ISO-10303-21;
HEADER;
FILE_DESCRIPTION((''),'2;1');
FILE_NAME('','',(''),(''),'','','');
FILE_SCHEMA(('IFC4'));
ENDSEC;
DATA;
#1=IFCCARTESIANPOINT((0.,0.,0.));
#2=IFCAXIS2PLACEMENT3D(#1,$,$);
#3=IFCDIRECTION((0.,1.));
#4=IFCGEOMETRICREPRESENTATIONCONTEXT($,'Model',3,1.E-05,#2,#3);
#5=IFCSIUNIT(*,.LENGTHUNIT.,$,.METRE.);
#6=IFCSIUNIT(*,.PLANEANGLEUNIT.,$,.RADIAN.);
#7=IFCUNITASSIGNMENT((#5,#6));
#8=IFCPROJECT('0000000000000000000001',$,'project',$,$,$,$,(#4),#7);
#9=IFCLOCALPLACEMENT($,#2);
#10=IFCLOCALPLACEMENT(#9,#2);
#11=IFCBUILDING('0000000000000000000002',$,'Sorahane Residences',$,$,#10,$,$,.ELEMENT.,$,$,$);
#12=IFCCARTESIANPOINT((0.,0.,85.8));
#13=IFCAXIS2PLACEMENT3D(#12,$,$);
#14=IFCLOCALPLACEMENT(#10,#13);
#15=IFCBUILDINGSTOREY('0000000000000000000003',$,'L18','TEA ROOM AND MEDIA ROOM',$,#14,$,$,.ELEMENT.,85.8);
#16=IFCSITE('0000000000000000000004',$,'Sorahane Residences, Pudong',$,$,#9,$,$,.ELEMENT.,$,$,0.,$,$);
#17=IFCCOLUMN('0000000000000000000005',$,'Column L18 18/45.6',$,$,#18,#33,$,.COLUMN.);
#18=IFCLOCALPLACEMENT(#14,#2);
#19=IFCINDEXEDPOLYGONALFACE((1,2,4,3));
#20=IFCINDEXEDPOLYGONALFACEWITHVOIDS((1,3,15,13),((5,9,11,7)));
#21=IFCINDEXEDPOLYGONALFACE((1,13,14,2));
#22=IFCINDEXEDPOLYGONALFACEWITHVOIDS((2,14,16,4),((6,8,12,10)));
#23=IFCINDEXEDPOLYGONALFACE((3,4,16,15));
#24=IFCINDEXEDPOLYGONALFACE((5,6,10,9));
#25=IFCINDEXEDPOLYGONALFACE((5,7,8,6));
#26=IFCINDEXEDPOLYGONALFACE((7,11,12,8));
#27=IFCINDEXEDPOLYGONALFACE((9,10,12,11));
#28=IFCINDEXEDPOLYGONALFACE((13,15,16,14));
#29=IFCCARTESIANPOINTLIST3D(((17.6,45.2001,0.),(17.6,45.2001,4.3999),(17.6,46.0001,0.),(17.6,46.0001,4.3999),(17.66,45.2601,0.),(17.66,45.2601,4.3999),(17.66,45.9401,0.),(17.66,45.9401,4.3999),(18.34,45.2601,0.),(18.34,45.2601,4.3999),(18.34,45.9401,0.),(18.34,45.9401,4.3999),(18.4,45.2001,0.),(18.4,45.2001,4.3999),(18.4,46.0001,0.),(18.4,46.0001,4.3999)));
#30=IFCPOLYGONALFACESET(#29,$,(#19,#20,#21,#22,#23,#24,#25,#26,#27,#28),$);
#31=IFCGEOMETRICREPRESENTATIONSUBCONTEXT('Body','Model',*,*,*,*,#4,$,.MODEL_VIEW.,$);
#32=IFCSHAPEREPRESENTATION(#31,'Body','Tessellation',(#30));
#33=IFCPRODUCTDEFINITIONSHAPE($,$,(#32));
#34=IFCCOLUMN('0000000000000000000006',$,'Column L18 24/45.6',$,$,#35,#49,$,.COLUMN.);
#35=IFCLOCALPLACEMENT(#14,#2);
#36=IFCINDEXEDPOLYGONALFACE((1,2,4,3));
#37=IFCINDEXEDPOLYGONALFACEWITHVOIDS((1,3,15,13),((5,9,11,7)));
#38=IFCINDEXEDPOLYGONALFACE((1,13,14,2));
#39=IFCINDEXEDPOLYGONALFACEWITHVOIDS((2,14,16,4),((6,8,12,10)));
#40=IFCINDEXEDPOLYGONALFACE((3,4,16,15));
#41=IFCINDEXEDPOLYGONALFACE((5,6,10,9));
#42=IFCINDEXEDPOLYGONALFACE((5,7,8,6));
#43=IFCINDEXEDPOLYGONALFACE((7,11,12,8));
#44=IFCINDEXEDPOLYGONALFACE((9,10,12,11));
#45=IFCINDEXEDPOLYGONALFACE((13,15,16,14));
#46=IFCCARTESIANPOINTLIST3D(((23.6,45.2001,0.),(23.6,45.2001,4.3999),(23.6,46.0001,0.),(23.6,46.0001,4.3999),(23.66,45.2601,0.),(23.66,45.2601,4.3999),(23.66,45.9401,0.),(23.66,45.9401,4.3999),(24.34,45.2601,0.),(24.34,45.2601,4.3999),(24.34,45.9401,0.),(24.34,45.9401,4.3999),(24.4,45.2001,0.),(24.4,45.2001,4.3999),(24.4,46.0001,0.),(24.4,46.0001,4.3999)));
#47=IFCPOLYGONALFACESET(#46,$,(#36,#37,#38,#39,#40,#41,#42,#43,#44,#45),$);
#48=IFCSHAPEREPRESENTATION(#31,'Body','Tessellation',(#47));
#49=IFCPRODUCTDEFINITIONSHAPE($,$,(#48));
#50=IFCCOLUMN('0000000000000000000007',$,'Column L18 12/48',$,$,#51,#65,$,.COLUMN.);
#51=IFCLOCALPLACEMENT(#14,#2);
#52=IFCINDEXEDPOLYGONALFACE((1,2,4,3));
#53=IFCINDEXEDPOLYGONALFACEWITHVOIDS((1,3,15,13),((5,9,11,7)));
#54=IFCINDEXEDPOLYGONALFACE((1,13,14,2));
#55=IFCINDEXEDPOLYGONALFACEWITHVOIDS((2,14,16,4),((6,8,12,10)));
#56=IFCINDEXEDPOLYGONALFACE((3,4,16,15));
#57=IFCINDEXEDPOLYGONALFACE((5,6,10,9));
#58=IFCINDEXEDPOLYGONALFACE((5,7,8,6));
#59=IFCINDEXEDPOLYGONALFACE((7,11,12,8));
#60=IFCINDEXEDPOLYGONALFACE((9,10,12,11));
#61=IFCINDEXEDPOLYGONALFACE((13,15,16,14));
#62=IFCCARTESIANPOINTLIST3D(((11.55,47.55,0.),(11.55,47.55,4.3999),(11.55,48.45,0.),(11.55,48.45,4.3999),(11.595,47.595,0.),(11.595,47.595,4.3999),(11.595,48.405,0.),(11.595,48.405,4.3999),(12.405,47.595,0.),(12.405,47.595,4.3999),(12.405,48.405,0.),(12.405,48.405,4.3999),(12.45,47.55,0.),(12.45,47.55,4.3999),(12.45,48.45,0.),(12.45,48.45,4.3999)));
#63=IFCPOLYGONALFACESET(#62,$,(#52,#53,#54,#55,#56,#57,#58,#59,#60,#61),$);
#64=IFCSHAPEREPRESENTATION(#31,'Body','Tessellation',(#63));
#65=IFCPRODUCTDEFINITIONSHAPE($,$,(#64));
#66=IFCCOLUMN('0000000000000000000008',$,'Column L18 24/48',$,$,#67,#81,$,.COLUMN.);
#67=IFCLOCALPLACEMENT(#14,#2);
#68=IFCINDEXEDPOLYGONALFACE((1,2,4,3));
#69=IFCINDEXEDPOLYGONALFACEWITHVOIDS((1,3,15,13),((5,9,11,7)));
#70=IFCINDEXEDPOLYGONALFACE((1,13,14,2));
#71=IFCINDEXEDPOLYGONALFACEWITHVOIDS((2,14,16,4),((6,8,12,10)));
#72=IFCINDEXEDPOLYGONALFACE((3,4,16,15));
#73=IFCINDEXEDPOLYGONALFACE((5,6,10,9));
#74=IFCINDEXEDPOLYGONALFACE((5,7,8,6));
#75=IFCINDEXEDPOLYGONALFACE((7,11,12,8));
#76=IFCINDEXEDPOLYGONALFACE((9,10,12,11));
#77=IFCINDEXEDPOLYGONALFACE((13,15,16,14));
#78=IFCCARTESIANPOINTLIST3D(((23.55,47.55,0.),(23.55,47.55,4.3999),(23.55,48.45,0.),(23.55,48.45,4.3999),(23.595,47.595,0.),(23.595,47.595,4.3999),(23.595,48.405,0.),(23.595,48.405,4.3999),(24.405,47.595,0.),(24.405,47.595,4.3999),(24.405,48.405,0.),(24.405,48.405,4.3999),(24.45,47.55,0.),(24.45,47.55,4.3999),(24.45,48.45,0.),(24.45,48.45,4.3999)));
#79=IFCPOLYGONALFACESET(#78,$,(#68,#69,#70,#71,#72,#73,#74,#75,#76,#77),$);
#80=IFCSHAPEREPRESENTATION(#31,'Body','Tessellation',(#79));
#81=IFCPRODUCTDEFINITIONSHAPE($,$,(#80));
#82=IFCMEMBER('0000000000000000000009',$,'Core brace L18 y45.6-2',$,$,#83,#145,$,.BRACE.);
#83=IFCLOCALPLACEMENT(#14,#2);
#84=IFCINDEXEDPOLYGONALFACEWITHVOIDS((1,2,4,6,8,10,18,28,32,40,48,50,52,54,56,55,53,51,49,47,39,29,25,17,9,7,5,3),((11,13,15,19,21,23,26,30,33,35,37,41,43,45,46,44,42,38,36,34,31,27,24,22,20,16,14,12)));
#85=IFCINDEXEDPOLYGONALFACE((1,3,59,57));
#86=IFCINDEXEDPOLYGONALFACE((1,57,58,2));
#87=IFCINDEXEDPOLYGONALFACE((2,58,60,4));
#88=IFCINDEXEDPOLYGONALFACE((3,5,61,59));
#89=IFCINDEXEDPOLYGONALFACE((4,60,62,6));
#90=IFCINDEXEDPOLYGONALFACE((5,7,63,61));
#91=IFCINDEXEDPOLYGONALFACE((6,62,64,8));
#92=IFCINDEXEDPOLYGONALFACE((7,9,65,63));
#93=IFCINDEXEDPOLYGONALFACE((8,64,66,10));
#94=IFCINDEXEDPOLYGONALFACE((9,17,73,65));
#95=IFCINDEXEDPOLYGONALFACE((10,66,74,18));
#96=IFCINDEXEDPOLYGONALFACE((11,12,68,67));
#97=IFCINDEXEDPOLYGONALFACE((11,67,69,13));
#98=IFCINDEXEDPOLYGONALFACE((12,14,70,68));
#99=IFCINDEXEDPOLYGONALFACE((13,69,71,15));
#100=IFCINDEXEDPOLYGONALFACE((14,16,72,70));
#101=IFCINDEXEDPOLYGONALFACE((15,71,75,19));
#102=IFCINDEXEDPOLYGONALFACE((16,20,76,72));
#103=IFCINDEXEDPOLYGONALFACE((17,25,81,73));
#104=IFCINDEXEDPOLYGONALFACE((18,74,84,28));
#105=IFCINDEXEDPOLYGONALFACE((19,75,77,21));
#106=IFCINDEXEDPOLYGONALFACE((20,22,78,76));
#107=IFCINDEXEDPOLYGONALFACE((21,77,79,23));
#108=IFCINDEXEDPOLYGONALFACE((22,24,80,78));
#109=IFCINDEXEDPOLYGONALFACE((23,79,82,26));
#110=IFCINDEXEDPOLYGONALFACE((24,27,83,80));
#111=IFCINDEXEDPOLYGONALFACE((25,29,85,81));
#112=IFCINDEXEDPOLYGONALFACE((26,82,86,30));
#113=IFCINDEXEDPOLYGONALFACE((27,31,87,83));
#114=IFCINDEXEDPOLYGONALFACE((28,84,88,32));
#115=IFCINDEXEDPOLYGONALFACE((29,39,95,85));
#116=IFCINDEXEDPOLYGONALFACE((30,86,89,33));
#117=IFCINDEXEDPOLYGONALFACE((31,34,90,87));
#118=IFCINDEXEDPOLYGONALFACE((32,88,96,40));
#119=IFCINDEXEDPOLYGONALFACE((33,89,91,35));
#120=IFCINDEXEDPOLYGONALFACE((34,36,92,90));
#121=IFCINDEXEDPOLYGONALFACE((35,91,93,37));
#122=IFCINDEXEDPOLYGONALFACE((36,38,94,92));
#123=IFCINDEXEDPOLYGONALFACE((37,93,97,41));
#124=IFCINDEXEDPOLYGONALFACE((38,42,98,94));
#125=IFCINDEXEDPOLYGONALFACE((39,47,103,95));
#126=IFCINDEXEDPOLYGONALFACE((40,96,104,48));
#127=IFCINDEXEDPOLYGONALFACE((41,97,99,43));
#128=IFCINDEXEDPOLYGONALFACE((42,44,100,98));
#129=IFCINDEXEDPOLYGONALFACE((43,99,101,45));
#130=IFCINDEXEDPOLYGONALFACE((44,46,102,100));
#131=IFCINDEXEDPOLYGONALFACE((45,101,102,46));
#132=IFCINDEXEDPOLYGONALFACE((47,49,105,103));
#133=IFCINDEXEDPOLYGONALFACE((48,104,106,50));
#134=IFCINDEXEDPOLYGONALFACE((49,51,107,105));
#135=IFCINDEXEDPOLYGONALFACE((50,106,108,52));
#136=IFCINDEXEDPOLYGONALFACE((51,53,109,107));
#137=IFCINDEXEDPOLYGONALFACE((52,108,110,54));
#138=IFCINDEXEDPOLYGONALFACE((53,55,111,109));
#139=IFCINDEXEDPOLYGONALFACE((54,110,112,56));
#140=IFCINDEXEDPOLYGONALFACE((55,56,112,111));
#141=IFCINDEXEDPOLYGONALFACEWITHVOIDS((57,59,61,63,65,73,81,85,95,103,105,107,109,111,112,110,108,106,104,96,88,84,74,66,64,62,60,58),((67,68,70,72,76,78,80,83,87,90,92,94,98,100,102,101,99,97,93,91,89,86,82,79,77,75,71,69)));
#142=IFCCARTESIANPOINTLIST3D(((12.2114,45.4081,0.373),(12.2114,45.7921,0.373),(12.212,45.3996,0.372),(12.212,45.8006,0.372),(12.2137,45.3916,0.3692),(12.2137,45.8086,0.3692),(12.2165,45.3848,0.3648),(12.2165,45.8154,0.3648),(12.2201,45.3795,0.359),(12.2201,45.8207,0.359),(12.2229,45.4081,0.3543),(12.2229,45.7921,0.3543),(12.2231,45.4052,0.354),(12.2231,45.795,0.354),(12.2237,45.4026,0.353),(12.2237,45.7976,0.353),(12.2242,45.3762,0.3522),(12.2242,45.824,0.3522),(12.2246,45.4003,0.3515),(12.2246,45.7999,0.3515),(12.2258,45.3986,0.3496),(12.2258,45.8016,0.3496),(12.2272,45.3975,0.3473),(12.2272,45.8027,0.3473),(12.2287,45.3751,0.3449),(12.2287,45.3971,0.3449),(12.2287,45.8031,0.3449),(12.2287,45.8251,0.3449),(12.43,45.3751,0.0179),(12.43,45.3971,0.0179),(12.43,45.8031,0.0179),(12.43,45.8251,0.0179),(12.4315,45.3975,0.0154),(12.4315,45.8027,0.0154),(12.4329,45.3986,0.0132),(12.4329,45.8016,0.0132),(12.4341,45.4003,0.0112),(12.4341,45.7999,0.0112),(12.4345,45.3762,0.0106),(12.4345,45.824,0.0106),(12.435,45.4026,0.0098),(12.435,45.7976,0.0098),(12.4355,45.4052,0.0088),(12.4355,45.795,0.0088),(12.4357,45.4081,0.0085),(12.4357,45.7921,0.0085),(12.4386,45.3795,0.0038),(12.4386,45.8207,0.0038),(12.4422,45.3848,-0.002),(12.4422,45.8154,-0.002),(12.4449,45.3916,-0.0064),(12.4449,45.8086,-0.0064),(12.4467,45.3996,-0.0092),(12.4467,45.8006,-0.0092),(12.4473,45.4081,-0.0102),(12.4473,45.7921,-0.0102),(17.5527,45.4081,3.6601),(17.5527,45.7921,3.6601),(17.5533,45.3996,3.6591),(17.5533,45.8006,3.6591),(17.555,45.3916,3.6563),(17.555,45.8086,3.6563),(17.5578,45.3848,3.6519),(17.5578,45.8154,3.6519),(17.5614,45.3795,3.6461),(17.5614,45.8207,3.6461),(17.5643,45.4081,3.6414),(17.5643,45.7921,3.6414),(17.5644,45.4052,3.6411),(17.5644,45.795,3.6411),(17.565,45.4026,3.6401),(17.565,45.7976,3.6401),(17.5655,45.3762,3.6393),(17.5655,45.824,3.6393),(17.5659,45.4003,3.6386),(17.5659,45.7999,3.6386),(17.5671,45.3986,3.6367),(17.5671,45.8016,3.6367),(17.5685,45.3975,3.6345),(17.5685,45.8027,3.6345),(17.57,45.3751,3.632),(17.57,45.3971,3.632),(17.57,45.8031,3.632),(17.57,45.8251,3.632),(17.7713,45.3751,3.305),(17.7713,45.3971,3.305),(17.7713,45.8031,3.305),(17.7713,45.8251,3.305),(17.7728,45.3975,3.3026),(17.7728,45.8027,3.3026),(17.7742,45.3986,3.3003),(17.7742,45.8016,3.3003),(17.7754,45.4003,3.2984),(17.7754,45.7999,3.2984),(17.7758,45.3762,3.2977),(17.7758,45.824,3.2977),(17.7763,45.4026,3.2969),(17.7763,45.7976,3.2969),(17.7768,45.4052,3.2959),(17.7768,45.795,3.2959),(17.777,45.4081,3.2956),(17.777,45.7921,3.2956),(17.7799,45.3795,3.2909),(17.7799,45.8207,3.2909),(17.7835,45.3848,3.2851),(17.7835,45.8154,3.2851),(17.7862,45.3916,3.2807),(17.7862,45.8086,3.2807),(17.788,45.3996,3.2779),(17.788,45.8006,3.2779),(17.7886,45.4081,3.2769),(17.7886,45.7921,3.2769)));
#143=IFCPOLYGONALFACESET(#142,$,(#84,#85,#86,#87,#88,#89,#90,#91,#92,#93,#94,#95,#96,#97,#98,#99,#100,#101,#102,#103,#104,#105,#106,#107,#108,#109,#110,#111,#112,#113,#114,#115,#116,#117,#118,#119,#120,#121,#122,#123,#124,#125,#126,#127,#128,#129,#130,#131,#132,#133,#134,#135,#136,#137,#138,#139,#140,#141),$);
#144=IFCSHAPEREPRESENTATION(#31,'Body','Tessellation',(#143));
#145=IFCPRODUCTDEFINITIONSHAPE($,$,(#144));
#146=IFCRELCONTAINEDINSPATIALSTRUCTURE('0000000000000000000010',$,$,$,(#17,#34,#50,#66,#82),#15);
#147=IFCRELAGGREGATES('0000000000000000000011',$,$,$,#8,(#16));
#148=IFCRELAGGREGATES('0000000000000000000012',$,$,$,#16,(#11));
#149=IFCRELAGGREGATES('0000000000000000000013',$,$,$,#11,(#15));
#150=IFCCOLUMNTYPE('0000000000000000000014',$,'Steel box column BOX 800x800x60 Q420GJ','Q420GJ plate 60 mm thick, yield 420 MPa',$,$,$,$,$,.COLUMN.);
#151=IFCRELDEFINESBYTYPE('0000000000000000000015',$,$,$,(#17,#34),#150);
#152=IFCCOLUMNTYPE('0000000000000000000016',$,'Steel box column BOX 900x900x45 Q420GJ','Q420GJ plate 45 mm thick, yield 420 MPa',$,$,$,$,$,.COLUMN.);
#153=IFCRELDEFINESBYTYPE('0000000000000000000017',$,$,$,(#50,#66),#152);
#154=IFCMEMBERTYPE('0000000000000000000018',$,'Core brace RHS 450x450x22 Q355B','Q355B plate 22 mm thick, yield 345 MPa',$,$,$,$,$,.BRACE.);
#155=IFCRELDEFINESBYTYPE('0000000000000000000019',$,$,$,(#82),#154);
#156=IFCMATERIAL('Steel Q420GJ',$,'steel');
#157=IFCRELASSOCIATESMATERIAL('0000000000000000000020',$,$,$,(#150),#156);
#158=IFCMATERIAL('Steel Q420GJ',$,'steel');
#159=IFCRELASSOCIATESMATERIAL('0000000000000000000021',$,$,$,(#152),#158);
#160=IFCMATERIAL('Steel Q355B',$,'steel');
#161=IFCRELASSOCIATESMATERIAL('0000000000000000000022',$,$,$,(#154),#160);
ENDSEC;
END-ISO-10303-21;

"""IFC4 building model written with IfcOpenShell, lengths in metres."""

from ifc_helpers import new_model, si_unit, direction, frame, origin, origin_2d, place, context, subcontext, project, spatial, hollow_rectangle, extrude, material, material_profile, profile_set, type_object, element, save


model = new_model("IFC4")

# Units and contexts
model_context = context("Model", 3, precision=1e-05, world=origin(), true_north=direction((0.0, 1.0)))
body_context = subcontext(model_context, "Body", "Model", "MODEL_VIEW")
ifc_project = project(units=[si_unit("LENGTHUNIT", "METRE"), si_unit("PLANEANGLEUNIT", "RADIAN")], contexts=[model_context])

# Site, building, storey
site_placement = place(None, origin())
site = spatial("IfcSite", under=ifc_project, at=site_placement, Name="Sorahane Residences, Pudong", CompositionType="ELEMENT", RefElevation=0.0)
building_placement = place(site_placement, origin())
building = spatial("IfcBuilding", under=site, at=building_placement, Name="Sorahane Residences", CompositionType="ELEMENT")
storey_placement = place(building_placement, frame((0.0, 0.0, 85.8)))
storey = spatial("IfcBuildingStorey", under=building, at=storey_placement, Name="L18", Description="TEA ROOM AND MEDIA ROOM", CompositionType="ELEMENT", Elevation=85.8)

# Columns
ifc_material_1 = material(Name="Steel Q420GJ", Category="steel")
ifc_material_profile_1 = material_profile(ifc_material_1, hollow_rectangle(XDim=0.8, YDim=0.8, WallThickness=0.0601, at=origin_2d()), Name="BOX 800x800x60")
ifc_profile_set_1 = profile_set([ifc_material_profile_1], Name="Steel Q420GJ")
column_type_1 = type_object("IfcColumnType", Name="Steel box column BOX 800x800x60 Q420GJ", Description="Q420GJ plate 60 mm thick, yield 420 MPa", PredefinedType="COLUMN", material=ifc_profile_set_1)
for number, where, z_axis, x_axis, name in (
    (1, (18.0, 45.6001, 0.0), (0.0, 0.0, 1.0), (1.0, 0.0, 0.0), "Column L18 18/45.6"),
    (2, (24.0, 45.6001, 0.0), (0.0, 0.0, 1.0), (1.0, 0.0, 0.0), "Column L18 24/45.6"),
):
    element("IfcColumn", number, at=place(storey_placement, frame(where, z_axis=z_axis, x_axis=x_axis)), inside=storey, type_object=column_type_1, Name=name, PredefinedType="COLUMN", context=body_context, shape_type="SweptSolid", body=[
        extrude(hollow_rectangle(XDim=0.8, YDim=0.8, WallThickness=0.0601, at=origin_2d()), origin(), (0.0, 0.0, 1.0), 4.3999),
    ])
ifc_material_2 = material(Name="Steel Q420GJ", Category="steel")
ifc_material_profile_2 = material_profile(ifc_material_2, hollow_rectangle(XDim=0.8999, YDim=0.8999, WallThickness=0.0449, at=origin_2d()), Name="BOX 900x900x45")
ifc_profile_set_2 = profile_set([ifc_material_profile_2], Name="Steel Q420GJ")
column_type_2 = type_object("IfcColumnType", Name="Steel box column BOX 900x900x45 Q420GJ", Description="Q420GJ plate 45 mm thick, yield 420 MPa", PredefinedType="COLUMN", material=ifc_profile_set_2)
for number, where, z_axis, x_axis, name in (
    (3, (12.0, 48.0, 0.0), (0.0, 0.0, 1.0), (1.0, 0.0, 0.0), "Column L18 12/48"),
    (4, (24.0, 48.0, 0.0), (0.0, 0.0, 1.0), (1.0, 0.0, 0.0), "Column L18 24/48"),
):
    element("IfcColumn", number, at=place(storey_placement, frame(where, z_axis=z_axis, x_axis=x_axis)), inside=storey, type_object=column_type_2, Name=name, PredefinedType="COLUMN", context=body_context, shape_type="SweptSolid", body=[
        extrude(hollow_rectangle(XDim=0.8999, YDim=0.8999, WallThickness=0.0449, at=origin_2d()), origin(), (0.0, 0.0, 1.0), 4.3999),
    ])

# Member
ifc_material_3 = material(Name="Steel Q355B", Category="steel")
ifc_material_profile_3 = material_profile(ifc_material_3, hollow_rectangle(XDim=0.45, YDim=0.45, WallThickness=0.022, InnerFilletRadius=0.011, OuterFilletRadius=0.033, at=origin_2d()), Name="RHS 450x450x22")
ifc_profile_set_3 = profile_set([ifc_material_profile_3], Name="Steel Q355B")
member_type_1 = type_object("IfcMemberType", Name="Core brace RHS 450x450x22 Q355B", Description="Q355B plate 22 mm thick, yield 345 MPa", PredefinedType="BRACE", material=ifc_profile_set_3)
for number, where, z_axis, x_axis, name in (
    (5, (12.3293, 45.6001, 0.1814), (0.851648, 0.0, 0.524115), (0.0, 1.0, 0.0), "Core brace L18 y45.6-2"),
):
    element("IfcMember", number, at=place(storey_placement, frame(where, z_axis=z_axis, x_axis=x_axis)), inside=storey, type_object=member_type_1, Name=name, PredefinedType="BRACE", context=body_context, shape_type="SweptSolid", body=[
        extrude(hollow_rectangle(XDim=0.45, YDim=0.45, WallThickness=0.022, InnerFilletRadius=0.011, OuterFilletRadius=0.033, at=origin_2d()), origin(), (0.0, 0.0, 1.0), 6.2717),
    ])

save(model, "model.ifc")
